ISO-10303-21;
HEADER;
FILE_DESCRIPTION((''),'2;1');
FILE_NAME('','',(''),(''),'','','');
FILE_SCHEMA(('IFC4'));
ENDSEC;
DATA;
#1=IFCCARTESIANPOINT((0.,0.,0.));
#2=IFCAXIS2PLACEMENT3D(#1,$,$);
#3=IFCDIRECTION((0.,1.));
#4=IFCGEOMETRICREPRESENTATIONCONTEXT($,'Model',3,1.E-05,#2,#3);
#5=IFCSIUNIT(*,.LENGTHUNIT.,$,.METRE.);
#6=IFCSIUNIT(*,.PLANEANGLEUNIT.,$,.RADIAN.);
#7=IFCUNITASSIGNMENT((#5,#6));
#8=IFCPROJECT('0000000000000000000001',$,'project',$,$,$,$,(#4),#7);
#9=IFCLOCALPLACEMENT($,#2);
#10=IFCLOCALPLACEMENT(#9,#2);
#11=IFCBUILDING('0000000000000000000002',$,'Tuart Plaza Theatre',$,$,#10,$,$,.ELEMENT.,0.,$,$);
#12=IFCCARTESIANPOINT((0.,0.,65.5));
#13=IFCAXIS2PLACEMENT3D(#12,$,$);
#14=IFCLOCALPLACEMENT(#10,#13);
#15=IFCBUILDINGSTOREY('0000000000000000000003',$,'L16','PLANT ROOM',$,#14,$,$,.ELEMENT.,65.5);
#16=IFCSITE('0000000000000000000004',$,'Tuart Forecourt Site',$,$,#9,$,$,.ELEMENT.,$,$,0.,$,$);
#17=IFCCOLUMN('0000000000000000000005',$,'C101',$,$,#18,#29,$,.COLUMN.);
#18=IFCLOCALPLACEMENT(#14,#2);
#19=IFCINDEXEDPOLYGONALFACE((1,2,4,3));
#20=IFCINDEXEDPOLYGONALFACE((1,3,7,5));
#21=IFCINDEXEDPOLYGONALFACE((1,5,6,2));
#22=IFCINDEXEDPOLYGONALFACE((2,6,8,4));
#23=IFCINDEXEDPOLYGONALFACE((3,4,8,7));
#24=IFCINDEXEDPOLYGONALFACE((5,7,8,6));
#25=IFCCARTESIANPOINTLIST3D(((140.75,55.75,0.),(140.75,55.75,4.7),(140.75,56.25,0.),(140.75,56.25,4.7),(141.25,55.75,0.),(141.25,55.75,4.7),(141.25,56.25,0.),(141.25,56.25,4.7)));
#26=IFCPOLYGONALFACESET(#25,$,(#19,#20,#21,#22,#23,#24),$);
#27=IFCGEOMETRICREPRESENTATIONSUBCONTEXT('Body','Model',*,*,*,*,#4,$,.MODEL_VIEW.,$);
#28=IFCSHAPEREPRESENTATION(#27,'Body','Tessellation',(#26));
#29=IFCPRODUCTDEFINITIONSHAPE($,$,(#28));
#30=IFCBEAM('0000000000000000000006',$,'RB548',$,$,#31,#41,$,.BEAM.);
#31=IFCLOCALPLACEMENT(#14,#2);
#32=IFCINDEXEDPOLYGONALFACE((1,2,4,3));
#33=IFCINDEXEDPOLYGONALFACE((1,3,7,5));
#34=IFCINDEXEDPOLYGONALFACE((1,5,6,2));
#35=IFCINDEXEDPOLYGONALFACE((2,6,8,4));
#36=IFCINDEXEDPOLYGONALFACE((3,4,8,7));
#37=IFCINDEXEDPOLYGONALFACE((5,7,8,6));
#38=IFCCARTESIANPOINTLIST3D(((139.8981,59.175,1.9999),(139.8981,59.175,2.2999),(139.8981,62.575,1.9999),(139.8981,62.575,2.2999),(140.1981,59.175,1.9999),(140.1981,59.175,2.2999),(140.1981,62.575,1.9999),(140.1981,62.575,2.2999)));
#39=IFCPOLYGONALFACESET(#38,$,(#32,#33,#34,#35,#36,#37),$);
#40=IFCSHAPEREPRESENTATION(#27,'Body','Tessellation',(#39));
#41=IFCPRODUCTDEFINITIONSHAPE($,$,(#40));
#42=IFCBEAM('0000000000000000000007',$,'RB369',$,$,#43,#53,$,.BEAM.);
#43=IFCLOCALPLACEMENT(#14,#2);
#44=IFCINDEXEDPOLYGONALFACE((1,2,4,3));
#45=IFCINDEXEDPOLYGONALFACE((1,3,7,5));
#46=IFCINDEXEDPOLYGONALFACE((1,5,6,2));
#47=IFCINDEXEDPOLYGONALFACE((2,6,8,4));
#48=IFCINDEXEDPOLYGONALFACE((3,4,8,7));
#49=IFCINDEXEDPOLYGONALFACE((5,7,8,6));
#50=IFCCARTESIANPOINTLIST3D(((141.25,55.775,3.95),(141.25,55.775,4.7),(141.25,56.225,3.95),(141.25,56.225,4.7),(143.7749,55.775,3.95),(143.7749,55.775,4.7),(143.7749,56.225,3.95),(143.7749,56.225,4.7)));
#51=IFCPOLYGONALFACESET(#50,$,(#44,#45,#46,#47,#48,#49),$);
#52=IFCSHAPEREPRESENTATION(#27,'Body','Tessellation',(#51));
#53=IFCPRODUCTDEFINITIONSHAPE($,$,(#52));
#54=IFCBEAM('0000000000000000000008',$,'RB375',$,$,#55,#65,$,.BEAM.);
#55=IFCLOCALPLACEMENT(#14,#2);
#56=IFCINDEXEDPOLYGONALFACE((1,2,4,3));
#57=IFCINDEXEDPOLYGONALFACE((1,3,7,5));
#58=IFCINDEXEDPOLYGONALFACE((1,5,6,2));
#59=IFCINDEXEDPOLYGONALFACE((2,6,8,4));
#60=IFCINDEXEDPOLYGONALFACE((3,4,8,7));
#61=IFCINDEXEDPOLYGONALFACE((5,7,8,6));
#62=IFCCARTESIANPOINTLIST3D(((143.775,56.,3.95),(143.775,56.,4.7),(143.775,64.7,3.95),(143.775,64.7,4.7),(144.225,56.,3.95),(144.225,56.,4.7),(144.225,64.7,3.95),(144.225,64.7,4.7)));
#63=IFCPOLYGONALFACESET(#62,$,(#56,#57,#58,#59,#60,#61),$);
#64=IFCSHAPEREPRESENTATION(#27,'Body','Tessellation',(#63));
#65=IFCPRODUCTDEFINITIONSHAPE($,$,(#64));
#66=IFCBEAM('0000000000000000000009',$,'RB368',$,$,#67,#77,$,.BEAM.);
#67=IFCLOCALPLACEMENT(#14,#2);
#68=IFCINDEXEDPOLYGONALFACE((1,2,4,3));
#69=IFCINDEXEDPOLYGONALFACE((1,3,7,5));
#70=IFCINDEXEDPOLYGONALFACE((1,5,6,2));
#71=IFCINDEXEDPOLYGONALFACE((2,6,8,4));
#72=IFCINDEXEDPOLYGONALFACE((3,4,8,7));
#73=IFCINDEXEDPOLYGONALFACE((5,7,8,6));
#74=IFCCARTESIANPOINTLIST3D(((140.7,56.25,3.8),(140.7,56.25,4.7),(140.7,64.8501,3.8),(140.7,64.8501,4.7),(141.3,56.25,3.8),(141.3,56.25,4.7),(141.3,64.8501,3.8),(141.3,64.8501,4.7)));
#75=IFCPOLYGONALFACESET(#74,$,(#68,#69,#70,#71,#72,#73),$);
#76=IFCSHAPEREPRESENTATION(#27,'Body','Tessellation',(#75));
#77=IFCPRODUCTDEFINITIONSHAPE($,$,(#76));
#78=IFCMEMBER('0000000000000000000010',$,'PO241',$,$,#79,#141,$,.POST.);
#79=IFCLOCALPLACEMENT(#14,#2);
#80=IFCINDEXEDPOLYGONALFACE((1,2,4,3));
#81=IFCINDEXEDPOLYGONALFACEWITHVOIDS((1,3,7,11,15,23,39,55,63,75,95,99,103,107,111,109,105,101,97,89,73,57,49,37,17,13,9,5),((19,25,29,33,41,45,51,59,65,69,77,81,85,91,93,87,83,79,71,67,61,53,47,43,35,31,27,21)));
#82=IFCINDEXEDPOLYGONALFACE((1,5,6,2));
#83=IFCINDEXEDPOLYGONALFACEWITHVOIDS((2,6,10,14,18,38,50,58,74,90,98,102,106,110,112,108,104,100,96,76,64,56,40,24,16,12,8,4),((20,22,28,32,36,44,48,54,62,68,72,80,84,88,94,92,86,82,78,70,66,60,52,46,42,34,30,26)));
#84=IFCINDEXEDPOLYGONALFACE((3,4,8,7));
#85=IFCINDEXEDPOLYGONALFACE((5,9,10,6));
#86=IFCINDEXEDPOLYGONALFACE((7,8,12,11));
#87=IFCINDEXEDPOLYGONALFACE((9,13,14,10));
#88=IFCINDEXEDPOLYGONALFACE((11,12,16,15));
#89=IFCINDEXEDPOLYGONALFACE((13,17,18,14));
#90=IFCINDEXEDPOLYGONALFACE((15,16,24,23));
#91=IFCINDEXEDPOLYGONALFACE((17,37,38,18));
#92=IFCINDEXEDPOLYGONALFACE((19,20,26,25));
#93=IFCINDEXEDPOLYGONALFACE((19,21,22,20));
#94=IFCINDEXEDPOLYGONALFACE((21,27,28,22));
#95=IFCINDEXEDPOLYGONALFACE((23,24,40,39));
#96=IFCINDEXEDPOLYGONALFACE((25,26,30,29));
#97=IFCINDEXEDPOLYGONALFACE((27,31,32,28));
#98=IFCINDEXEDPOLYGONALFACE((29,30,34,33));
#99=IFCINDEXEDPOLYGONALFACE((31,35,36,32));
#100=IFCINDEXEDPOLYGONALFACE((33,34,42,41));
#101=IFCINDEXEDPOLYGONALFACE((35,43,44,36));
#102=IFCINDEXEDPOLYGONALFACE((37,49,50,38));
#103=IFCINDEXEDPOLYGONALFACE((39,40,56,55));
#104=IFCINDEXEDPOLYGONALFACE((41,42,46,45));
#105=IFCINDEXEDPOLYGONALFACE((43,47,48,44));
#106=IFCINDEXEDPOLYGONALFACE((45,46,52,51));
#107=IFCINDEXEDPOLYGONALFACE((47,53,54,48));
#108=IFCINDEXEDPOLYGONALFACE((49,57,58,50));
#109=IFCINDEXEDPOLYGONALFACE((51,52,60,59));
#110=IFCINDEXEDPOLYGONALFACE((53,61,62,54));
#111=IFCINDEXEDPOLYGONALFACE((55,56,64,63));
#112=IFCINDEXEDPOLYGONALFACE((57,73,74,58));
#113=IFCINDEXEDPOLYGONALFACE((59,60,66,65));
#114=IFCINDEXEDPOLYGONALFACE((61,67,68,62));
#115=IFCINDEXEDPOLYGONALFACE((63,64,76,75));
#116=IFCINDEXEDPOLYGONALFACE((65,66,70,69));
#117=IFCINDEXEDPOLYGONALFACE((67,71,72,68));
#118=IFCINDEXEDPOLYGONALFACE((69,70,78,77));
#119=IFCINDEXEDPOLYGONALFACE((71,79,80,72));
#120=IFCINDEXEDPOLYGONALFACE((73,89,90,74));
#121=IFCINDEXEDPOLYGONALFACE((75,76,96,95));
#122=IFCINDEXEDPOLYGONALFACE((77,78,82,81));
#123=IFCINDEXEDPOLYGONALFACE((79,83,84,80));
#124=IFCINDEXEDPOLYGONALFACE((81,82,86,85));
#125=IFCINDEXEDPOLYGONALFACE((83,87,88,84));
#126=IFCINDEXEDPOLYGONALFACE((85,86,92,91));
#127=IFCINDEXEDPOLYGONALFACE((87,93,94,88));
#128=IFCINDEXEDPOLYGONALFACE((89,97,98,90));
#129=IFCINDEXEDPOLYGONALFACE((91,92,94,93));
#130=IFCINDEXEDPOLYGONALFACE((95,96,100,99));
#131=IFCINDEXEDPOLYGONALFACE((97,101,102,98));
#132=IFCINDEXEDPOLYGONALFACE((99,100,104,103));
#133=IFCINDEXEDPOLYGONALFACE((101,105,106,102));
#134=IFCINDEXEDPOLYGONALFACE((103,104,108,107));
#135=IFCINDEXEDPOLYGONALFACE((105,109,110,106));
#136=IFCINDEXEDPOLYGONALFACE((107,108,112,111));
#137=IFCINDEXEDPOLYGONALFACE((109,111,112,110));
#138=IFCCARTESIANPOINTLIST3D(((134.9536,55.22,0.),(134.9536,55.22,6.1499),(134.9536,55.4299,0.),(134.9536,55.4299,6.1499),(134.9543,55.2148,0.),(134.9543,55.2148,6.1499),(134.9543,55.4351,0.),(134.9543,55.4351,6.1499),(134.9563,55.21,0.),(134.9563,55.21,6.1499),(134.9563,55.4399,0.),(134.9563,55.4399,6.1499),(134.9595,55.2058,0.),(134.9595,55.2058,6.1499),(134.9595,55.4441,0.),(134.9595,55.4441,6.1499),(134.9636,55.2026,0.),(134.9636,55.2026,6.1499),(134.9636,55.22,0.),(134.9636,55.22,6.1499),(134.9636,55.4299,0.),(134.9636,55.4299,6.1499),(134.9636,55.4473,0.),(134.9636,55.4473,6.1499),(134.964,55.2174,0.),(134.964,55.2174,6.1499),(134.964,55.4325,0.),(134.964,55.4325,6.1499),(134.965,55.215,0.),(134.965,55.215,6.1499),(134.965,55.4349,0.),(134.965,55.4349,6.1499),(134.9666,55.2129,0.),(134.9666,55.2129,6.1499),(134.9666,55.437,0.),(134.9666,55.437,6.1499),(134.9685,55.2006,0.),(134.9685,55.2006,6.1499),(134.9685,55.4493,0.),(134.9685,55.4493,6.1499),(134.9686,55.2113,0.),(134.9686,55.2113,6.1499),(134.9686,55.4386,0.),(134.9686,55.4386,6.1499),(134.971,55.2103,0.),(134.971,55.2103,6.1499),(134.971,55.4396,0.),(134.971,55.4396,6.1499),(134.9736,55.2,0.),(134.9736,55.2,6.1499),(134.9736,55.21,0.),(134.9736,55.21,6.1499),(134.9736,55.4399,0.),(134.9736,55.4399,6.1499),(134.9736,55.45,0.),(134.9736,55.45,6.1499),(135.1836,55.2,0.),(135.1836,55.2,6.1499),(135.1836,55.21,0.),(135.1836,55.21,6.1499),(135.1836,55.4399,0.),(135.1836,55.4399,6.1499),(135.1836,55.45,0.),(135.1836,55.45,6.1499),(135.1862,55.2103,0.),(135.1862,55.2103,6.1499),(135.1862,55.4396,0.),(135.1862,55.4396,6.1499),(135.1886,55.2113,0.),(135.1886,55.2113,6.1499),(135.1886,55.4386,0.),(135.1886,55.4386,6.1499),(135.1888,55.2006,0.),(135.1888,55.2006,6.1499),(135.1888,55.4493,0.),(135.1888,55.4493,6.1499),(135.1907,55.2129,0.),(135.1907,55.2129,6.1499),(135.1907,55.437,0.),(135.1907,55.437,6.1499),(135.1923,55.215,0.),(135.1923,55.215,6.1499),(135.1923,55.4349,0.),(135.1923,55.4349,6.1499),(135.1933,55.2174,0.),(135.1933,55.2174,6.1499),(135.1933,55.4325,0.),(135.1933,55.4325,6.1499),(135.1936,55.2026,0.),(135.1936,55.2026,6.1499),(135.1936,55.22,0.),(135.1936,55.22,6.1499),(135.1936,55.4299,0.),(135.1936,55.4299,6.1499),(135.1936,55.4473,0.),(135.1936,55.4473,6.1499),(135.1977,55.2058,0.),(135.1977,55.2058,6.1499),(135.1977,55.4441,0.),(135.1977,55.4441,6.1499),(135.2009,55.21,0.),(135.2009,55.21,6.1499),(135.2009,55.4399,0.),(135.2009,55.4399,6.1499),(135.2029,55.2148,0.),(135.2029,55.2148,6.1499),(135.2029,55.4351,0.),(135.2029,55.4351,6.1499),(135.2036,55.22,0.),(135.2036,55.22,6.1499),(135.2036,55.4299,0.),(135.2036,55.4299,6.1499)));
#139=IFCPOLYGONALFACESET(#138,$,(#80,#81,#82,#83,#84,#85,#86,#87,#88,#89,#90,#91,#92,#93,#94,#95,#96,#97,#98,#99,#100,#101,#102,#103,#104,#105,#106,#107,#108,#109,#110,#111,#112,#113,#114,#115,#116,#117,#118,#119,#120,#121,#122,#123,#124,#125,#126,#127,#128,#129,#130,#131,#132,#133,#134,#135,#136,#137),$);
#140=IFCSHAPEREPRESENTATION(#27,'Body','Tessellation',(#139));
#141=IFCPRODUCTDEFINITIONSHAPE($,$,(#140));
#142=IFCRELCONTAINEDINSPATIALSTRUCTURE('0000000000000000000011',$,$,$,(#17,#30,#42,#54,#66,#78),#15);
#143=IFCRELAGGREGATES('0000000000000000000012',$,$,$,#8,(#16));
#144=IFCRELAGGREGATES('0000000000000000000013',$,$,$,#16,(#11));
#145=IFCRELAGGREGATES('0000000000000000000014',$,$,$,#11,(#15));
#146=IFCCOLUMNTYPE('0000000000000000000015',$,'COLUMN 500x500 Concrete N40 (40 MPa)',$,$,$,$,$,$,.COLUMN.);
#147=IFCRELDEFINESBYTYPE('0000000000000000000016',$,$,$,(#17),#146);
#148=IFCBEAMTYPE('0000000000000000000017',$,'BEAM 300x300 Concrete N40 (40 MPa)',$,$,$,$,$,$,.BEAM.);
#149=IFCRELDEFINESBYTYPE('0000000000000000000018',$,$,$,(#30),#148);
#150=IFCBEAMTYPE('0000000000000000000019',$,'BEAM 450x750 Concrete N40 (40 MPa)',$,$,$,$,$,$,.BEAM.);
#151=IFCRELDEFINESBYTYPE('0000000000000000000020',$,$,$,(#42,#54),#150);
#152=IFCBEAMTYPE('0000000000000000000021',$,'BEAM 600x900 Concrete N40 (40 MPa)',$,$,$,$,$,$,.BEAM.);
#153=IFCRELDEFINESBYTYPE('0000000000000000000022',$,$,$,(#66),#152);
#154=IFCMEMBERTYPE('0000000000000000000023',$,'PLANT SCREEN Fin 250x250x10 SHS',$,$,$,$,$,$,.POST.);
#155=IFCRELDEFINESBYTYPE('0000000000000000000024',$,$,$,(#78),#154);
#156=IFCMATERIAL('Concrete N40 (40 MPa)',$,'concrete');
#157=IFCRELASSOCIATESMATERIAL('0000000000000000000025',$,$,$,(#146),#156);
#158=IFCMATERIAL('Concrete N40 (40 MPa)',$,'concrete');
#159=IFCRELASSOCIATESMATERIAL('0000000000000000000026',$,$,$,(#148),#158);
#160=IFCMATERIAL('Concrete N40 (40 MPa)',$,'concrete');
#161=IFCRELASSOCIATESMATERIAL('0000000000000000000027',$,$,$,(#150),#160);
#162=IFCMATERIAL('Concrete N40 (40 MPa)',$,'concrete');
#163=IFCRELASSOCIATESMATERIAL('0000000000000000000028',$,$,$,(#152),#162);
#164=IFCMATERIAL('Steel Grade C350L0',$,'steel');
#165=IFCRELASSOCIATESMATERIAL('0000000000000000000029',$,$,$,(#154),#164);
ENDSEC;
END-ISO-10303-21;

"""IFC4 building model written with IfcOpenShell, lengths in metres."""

from ifc_helpers import new_model, si_unit, direction, frame, origin, origin_2d, place, context, subcontext, project, spatial, rectangle, hollow_rectangle, extrude, material, material_profile, profile_set, type_object, element, save


model = new_model("IFC4")

# Units and contexts
model_context = context("Model", 3, precision=1e-05, world=origin(), true_north=direction((0.0, 1.0)))
body_context = subcontext(model_context, "Body", "Model", "MODEL_VIEW")
ifc_project = project(units=[si_unit("LENGTHUNIT", "METRE"), si_unit("PLANEANGLEUNIT", "RADIAN")], contexts=[model_context])

# Site, building, storey
site_placement = place(None, origin())
site = spatial("IfcSite", under=ifc_project, at=site_placement, Name="Tuart Forecourt Site", CompositionType="ELEMENT", RefElevation=0.0)
building_placement = place(site_placement, origin())
building = spatial("IfcBuilding", under=site, at=building_placement, Name="Tuart Plaza Theatre", CompositionType="ELEMENT", ElevationOfRefHeight=0.0)
storey_placement = place(building_placement, frame((0.0, 0.0, 65.5)))
storey = spatial("IfcBuildingStorey", under=building, at=storey_placement, Name="L16", Description="PLANT ROOM", CompositionType="ELEMENT", Elevation=65.5)

# Column
ifc_material_1 = material(Name="Concrete N40 (40 MPa)", Category="concrete")
ifc_material_profile_1 = material_profile(ifc_material_1, rectangle(XDim=0.5, YDim=0.5, at=origin_2d()), Name="COLUMN 500x500 Concrete N40 (40 MPa)")
ifc_profile_set_1 = profile_set([ifc_material_profile_1], Name="Concrete N40 (40 MPa)")
column_type = type_object("IfcColumnType", Name="COLUMN 500x500 Concrete N40 (40 MPa)", PredefinedType="COLUMN", material=ifc_profile_set_1)
column_placement = place(storey_placement, frame((141.0, 56.0, 0.0), z_axis=(0.0, 0.0, 1.0), x_axis=(1.0, 0.0, 0.0)))
element("IfcColumn", 1, at=column_placement, inside=storey, type_object=column_type, Name="C101", PredefinedType="COLUMN", context=body_context, shape_type="SweptSolid", body=[
    extrude(rectangle(XDim=0.5, YDim=0.5, at=origin_2d()), origin(), (0.0, 0.0, 1.0), 4.7),
])

# Beams
ifc_material_2 = material(Name="Concrete N40 (40 MPa)", Category="concrete")
ifc_material_profile_2 = material_profile(ifc_material_2, rectangle(XDim=0.3, YDim=0.3, at=origin_2d()), Name="BEAM 300x300 Concrete N40 (40 MPa)")
ifc_profile_set_2 = profile_set([ifc_material_profile_2], Name="Concrete N40 (40 MPa)")
beam_type_1 = type_object("IfcBeamType", Name="BEAM 300x300 Concrete N40 (40 MPa)", PredefinedType="BEAM", material=ifc_profile_set_2)
beam_1_placement = place(storey_placement, frame((140.0481, 59.175, 2.1499), z_axis=(0.0, 1.0, 0.0), x_axis=(-1.0, 0.0, 0.0)))
element("IfcBeam", 2, at=beam_1_placement, inside=storey, type_object=beam_type_1, Name="RB548", PredefinedType="BEAM", context=body_context, shape_type="SweptSolid", body=[
    extrude(rectangle(XDim=0.3, YDim=0.3, at=origin_2d()), origin(), (0.0, 0.0, 1.0), 3.3999),
])
ifc_material_3 = material(Name="Concrete N40 (40 MPa)", Category="concrete")
ifc_material_profile_3 = material_profile(ifc_material_3, rectangle(XDim=0.45, YDim=0.75, at=origin_2d()), Name="BEAM 450x750 Concrete N40 (40 MPa)")
ifc_profile_set_3 = profile_set([ifc_material_profile_3], Name="Concrete N40 (40 MPa)")
beam_type_2 = type_object("IfcBeamType", Name="BEAM 450x750 Concrete N40 (40 MPa)", PredefinedType="BEAM", material=ifc_profile_set_3)
beam_2_placement = place(storey_placement, frame((141.25, 56.0, 4.325), z_axis=(1.0, 0.0, 0.0), x_axis=(0.0, 1.0, 0.0)))
element("IfcBeam", 3, at=beam_2_placement, inside=storey, type_object=beam_type_2, Name="RB369", PredefinedType="BEAM", context=body_context, shape_type="SweptSolid", body=[
    extrude(rectangle(XDim=0.45, YDim=0.75, at=origin_2d()), origin(), (0.0, 0.0, 1.0), 2.5249),
])
beam_3_placement = place(storey_placement, frame((144.0, 56.0, 4.325), z_axis=(0.0, 1.0, 0.0), x_axis=(-1.0, 0.0, 0.0)))
element("IfcBeam", 4, at=beam_3_placement, inside=storey, type_object=beam_type_2, Name="RB375", PredefinedType="BEAM", context=body_context, shape_type="SweptSolid", body=[
    extrude(rectangle(XDim=0.45, YDim=0.75, at=origin_2d()), origin(), (0.0, 0.0, 1.0), 8.7),
])
ifc_material_4 = material(Name="Concrete N40 (40 MPa)", Category="concrete")
ifc_material_profile_4 = material_profile(ifc_material_4, rectangle(XDim=0.6001, YDim=0.8999, at=origin_2d()), Name="BEAM 600x900 Concrete N40 (40 MPa)")
ifc_profile_set_4 = profile_set([ifc_material_profile_4], Name="Concrete N40 (40 MPa)")
beam_type_3 = type_object("IfcBeamType", Name="BEAM 600x900 Concrete N40 (40 MPa)", PredefinedType="BEAM", material=ifc_profile_set_4)
beam_4_placement = place(storey_placement, frame((141.0, 56.25, 4.25), z_axis=(0.0, 1.0, 0.0), x_axis=(-1.0, 0.0, 0.0)))
element("IfcBeam", 5, at=beam_4_placement, inside=storey, type_object=beam_type_3, Name="RB368", PredefinedType="BEAM", context=body_context, shape_type="SweptSolid", body=[
    extrude(rectangle(XDim=0.6001, YDim=0.8999, at=origin_2d()), origin(), (0.0, 0.0, 1.0), 8.6001),
])

# Member
ifc_material_5 = material(Name="Steel Grade C350L0", Category="steel")
ifc_material_profile_5 = material_profile(ifc_material_5, hollow_rectangle(XDim=0.25, YDim=0.25, WallThickness=0.01, InnerFilletRadius=0.01, OuterFilletRadius=0.02, at=origin_2d()), Name="250x250x10 SHS")
ifc_profile_set_5 = profile_set([ifc_material_profile_5], Name="Steel Grade C350L0")
member_type = type_object("IfcMemberType", Name="PLANT SCREEN Fin 250x250x10 SHS", PredefinedType="POST", material=ifc_profile_set_5)
for number, where, z_axis, x_axis, name in (
    (6, (135.0786, 55.325, 0.0), (0.0, 0.0, 1.0), (1.0, 0.0, 0.0), "PO241"),
):
    element("IfcMember", number, at=place(storey_placement, frame(where, z_axis=z_axis, x_axis=x_axis)), inside=storey, type_object=member_type, Name=name, PredefinedType="POST", context=body_context, shape_type="SweptSolid", body=[
        extrude(hollow_rectangle(XDim=0.25, YDim=0.25, WallThickness=0.01, InnerFilletRadius=0.01, OuterFilletRadius=0.02, at=origin_2d()), origin(), (0.0, 0.0, 1.0), 6.1499),
    ])

save(model, "model.ifc")
